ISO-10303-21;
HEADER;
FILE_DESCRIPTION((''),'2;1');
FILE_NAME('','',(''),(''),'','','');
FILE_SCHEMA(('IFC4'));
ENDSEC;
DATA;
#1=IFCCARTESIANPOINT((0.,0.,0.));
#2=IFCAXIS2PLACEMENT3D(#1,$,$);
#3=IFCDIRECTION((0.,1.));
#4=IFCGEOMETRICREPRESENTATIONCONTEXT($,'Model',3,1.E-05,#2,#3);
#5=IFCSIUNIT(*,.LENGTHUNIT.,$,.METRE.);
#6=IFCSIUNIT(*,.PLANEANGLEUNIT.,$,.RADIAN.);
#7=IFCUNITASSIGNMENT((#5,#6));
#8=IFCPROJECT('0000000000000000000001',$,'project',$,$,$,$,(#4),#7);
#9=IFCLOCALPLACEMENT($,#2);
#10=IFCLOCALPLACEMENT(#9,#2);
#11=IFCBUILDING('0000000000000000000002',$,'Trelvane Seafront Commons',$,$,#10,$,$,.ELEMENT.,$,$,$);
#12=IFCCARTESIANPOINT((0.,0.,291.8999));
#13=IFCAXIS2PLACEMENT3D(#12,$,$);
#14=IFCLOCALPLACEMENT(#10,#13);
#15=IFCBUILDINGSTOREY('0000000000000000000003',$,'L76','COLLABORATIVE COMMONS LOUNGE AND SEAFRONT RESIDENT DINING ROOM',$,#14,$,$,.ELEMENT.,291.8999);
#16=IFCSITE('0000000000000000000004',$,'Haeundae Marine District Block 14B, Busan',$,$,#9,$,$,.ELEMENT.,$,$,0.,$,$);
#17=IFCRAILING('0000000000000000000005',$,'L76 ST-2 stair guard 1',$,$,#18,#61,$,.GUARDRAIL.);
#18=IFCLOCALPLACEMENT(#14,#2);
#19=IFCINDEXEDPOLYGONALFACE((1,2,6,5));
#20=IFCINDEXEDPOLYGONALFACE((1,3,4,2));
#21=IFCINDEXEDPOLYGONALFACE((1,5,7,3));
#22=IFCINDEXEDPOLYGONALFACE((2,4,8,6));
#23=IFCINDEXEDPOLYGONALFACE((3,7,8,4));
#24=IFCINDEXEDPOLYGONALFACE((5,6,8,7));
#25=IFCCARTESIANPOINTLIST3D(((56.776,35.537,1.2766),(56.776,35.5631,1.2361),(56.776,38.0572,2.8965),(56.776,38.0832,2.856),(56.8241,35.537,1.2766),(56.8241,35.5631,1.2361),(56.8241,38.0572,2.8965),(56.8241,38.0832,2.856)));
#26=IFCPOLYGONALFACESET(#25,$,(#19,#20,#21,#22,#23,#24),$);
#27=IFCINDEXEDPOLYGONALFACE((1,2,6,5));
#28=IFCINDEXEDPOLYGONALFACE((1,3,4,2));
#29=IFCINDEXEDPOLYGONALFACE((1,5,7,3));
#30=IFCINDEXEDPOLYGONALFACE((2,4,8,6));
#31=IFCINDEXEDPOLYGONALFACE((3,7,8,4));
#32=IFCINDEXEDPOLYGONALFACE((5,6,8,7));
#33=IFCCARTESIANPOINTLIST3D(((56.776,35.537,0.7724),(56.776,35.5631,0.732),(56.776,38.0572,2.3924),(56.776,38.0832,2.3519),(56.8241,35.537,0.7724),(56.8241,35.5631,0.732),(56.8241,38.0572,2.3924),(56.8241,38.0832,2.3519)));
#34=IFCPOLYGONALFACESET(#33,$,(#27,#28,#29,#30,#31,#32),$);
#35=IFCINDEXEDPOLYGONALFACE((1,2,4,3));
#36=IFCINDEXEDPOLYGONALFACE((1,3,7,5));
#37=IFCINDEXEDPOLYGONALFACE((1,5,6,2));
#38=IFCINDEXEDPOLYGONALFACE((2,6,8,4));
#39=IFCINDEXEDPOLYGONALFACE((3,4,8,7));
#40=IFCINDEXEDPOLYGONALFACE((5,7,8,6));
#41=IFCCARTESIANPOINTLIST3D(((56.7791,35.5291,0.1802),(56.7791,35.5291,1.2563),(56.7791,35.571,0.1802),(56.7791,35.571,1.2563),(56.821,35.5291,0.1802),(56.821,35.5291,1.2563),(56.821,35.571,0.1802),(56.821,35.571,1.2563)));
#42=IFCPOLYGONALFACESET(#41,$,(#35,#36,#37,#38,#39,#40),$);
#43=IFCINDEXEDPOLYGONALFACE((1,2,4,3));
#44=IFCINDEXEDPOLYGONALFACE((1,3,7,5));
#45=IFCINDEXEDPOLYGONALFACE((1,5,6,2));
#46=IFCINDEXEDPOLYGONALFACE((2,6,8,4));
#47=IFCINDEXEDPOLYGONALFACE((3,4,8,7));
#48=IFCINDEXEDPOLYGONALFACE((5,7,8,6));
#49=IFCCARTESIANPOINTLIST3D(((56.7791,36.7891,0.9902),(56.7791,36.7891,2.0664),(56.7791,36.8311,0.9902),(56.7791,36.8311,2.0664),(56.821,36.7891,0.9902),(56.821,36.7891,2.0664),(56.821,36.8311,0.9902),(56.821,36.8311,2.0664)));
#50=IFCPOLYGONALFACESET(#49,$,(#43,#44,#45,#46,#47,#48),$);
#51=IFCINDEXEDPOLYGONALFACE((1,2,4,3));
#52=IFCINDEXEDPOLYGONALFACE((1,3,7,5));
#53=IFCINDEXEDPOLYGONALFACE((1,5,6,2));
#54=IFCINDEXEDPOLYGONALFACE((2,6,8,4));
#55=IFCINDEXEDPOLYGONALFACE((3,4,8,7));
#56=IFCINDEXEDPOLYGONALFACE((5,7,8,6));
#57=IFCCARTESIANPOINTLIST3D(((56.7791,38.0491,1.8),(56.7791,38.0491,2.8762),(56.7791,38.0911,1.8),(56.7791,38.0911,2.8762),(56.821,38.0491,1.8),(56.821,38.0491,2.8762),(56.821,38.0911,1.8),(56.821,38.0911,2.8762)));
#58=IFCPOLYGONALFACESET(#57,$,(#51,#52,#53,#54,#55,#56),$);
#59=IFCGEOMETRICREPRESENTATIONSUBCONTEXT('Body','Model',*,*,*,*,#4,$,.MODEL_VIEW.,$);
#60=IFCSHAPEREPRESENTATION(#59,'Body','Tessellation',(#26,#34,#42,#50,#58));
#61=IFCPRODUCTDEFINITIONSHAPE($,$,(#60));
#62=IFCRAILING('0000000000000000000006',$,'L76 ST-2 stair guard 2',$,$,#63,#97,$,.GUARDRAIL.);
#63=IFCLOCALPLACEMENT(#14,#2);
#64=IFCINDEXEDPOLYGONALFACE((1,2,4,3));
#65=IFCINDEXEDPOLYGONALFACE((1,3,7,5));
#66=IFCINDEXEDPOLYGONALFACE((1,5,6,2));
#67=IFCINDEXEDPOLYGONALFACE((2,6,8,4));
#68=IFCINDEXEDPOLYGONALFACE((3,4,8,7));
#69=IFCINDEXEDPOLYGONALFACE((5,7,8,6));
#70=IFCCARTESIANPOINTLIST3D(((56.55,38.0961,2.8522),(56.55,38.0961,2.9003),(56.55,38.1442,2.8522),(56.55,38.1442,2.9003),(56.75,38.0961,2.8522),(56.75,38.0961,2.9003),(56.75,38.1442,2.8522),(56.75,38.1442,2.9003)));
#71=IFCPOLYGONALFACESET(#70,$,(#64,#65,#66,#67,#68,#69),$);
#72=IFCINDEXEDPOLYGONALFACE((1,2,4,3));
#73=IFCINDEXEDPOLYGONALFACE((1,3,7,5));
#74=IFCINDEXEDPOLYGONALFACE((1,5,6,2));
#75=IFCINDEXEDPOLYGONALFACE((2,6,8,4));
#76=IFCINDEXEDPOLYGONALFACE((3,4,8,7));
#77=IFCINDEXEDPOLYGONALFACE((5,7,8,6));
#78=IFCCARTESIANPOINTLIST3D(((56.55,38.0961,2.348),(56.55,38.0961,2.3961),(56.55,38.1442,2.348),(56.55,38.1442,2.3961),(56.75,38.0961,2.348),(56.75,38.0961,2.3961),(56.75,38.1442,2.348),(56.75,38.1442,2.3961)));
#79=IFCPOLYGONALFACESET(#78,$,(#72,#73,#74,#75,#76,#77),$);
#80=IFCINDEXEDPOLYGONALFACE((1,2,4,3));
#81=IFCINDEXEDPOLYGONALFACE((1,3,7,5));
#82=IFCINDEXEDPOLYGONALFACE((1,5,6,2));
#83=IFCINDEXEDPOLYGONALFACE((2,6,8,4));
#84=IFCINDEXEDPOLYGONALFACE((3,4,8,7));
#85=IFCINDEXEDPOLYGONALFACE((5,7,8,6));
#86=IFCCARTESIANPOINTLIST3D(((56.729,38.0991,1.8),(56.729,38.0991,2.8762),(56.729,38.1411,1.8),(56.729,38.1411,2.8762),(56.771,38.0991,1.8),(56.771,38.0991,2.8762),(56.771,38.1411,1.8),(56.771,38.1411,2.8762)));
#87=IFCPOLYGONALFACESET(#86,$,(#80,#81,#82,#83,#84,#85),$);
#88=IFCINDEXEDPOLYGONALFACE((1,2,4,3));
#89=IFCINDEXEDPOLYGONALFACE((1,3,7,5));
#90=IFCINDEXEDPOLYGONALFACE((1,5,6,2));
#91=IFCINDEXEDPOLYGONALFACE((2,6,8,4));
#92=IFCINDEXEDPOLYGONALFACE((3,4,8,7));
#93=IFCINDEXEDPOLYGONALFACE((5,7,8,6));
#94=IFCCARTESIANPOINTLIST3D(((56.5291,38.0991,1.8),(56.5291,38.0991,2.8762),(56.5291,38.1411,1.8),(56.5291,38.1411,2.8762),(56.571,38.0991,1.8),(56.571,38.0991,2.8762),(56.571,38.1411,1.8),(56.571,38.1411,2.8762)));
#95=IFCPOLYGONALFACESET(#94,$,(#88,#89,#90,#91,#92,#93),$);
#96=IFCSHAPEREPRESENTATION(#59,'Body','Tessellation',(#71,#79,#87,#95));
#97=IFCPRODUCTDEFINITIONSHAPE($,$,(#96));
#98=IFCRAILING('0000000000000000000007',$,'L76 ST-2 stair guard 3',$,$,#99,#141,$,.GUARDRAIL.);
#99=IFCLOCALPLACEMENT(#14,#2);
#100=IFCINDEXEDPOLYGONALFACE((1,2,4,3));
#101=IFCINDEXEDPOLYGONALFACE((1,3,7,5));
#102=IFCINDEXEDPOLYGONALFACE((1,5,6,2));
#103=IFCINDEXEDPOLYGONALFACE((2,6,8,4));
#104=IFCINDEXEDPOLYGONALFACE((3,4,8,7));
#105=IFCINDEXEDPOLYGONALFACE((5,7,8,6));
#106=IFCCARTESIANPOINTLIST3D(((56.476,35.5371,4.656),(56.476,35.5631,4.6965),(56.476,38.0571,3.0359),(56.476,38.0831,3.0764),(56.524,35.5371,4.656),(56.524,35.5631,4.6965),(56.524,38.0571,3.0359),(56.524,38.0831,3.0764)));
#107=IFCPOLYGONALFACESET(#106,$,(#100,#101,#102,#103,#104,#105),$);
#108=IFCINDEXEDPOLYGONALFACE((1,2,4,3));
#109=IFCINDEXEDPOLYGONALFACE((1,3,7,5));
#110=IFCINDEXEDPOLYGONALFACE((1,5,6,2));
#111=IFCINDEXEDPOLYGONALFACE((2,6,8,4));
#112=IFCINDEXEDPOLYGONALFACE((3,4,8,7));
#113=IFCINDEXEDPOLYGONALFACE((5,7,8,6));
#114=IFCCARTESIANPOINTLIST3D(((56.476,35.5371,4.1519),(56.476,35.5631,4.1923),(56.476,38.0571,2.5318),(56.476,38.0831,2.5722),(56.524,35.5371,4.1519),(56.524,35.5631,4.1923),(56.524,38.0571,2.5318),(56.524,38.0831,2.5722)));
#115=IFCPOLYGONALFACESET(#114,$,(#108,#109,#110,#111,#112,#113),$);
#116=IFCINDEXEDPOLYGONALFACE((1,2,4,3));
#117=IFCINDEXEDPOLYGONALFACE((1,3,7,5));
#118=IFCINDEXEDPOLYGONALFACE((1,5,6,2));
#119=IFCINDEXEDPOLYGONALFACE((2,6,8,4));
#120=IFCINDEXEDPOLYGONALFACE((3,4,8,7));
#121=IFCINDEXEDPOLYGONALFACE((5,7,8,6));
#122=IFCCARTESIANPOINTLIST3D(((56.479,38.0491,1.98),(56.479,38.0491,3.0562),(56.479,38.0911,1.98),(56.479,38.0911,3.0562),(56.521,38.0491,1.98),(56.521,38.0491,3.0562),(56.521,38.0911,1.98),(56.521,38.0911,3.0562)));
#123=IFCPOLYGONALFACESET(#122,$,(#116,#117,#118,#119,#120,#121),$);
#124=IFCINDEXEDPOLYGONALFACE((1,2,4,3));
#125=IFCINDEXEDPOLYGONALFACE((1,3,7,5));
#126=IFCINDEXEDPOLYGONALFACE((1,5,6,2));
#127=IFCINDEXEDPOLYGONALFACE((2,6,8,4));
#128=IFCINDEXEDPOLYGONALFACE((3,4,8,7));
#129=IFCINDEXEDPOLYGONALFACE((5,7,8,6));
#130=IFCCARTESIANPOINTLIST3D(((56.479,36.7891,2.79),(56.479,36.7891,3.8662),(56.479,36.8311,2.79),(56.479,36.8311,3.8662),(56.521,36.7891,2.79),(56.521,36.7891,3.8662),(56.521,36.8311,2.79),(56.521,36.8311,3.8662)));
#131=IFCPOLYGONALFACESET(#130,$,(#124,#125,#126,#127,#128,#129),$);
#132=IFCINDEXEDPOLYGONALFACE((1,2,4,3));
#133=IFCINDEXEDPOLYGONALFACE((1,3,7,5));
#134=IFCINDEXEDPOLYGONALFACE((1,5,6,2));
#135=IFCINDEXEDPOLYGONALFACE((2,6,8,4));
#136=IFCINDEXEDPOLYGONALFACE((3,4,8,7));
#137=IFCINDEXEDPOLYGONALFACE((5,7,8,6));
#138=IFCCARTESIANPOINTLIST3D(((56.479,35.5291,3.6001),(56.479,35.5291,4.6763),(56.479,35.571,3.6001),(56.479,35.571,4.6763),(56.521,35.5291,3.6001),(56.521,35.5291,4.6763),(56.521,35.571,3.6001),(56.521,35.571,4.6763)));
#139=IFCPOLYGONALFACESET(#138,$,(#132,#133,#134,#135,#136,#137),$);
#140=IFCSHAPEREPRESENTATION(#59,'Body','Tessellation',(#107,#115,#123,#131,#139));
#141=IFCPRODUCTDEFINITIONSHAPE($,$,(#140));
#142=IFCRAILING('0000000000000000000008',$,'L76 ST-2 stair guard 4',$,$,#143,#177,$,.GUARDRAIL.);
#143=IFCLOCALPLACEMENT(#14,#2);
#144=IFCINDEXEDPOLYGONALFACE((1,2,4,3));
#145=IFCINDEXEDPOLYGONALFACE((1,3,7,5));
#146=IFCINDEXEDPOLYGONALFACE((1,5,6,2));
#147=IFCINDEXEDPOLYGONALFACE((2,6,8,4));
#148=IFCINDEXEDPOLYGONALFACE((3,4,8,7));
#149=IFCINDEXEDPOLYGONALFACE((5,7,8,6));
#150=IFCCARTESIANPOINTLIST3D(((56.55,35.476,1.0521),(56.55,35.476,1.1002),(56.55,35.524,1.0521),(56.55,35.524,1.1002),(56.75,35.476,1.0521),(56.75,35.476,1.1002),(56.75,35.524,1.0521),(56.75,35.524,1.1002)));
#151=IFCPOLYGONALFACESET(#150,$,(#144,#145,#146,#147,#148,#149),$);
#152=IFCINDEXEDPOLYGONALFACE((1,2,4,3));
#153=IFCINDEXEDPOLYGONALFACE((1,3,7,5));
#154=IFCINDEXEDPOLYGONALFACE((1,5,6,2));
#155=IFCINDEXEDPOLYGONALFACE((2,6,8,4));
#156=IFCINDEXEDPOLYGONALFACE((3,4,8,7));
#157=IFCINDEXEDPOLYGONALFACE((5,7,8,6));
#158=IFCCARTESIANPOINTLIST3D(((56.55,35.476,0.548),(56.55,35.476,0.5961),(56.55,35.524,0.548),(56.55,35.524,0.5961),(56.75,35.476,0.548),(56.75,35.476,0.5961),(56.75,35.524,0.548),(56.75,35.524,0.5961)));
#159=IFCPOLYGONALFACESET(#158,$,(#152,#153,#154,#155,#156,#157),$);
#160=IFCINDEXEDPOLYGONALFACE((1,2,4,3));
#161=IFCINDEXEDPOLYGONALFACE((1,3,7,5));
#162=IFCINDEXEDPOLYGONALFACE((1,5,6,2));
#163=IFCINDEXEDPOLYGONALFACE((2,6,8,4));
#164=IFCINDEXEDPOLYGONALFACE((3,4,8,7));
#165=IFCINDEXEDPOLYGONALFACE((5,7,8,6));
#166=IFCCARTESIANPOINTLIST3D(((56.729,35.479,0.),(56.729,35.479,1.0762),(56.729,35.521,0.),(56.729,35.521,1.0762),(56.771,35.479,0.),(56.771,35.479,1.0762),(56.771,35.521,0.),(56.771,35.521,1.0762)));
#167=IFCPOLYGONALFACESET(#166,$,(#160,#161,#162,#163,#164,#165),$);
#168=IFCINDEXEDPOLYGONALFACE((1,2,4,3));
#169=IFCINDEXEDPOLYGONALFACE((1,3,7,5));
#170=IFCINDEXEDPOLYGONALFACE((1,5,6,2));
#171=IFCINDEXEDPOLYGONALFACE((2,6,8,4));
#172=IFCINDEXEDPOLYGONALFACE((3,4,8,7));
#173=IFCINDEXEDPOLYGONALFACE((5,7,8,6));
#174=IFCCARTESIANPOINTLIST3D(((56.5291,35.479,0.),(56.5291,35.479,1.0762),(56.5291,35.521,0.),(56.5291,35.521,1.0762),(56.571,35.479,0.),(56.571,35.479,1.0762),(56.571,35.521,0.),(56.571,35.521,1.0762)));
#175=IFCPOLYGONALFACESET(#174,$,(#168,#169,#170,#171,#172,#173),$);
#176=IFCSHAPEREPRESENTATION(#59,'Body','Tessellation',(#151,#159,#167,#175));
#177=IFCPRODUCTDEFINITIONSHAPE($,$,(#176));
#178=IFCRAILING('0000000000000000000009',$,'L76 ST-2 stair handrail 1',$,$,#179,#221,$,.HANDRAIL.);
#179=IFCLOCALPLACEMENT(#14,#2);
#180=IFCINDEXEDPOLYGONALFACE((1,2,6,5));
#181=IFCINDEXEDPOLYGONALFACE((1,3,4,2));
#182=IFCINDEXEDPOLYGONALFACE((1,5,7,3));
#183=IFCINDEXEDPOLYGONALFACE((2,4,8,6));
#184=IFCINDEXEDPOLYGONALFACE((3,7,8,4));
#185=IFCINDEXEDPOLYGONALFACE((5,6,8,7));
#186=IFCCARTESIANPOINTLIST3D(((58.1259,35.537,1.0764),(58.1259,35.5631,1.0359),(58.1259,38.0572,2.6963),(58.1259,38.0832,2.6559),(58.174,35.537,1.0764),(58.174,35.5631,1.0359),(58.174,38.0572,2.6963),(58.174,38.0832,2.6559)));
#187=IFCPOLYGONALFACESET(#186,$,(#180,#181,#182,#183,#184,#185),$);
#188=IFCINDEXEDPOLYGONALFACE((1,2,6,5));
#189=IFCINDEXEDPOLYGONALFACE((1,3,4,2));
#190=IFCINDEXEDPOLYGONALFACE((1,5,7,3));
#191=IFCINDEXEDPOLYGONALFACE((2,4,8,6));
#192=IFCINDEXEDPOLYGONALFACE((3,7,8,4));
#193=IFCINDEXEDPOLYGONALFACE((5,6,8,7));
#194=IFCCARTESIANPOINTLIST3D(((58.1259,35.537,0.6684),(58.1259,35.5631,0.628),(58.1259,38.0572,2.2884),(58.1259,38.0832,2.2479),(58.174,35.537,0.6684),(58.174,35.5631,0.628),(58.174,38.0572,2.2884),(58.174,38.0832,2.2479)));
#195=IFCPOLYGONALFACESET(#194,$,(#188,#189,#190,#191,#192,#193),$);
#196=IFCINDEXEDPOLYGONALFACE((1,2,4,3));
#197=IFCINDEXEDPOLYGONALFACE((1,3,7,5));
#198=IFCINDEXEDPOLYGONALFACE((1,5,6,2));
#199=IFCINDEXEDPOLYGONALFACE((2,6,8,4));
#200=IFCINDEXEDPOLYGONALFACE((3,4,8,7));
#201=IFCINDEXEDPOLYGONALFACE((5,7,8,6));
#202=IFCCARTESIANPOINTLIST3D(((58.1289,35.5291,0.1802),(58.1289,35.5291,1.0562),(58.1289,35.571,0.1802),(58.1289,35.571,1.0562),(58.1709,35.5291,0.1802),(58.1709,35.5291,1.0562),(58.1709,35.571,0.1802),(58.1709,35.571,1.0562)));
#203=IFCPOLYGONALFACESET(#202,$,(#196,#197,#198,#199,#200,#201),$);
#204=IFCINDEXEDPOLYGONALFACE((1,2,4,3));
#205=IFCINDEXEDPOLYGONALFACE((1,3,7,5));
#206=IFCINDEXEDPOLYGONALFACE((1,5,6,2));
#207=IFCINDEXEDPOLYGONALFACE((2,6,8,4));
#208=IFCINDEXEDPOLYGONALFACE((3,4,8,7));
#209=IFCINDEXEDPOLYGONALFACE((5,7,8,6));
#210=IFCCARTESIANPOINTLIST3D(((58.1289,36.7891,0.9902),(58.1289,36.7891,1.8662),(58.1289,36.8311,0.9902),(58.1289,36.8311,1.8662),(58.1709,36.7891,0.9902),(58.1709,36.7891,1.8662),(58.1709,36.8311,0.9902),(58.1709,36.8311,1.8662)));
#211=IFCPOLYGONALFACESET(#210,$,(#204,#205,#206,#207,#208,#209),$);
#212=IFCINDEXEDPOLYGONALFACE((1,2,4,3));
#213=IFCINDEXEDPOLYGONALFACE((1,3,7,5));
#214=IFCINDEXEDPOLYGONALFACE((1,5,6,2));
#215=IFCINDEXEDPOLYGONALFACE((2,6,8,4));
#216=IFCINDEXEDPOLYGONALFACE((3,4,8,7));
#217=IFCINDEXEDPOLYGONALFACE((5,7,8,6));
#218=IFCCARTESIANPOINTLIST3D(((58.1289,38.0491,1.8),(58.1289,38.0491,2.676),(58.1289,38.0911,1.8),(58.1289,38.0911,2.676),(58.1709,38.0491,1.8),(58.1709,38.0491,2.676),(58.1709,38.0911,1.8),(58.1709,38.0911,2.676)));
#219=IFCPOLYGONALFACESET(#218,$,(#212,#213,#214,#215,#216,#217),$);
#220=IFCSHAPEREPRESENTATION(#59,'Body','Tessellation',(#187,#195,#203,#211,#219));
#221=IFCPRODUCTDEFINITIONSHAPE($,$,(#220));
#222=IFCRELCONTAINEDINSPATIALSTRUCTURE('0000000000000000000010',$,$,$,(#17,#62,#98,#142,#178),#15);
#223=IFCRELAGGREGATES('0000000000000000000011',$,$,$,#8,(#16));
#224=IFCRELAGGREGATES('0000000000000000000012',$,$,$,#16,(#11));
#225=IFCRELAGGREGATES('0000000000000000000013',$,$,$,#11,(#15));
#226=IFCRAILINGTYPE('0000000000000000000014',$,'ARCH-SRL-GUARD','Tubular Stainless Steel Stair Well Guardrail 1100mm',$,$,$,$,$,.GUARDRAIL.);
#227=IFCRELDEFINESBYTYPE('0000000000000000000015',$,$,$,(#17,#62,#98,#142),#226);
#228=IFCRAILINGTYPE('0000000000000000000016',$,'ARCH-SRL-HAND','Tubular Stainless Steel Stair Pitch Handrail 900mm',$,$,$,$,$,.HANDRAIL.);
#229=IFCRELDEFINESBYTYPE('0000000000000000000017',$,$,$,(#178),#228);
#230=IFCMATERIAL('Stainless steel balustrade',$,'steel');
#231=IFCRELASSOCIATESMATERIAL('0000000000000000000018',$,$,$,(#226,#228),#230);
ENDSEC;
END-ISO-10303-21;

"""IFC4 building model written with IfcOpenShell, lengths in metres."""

from ifc_helpers import new_model, si_unit, direction, frame, origin, origin_2d, place, context, subcontext, project, spatial, rectangle, extrude, material, type_object, element, save


model = new_model("IFC4")

# Units and contexts
model_context = context("Model", 3, precision=1e-05, world=origin(), true_north=direction((0.0, 1.0)))
body_context = subcontext(model_context, "Body", "Model", "MODEL_VIEW")
ifc_project = project(units=[si_unit("LENGTHUNIT", "METRE"), si_unit("PLANEANGLEUNIT", "RADIAN")], contexts=[model_context])

# Site, building, storey
site_placement = place(None, origin())
site = spatial("IfcSite", under=ifc_project, at=site_placement, Name="Haeundae Marine District Block 14B, Busan", CompositionType="ELEMENT", RefElevation=0.0)
building_placement = place(site_placement, origin())
building = spatial("IfcBuilding", under=site, at=building_placement, Name="Trelvane Seafront Commons", CompositionType="ELEMENT")
storey_placement = place(building_placement, frame((0.0, 0.0, 291.8999)))
storey = spatial("IfcBuildingStorey", under=building, at=storey_placement, Name="L76", Description="COLLABORATIVE COMMONS LOUNGE AND SEAFRONT RESIDENT DINING ROOM", CompositionType="ELEMENT", Elevation=291.8999)

# Railings
ifc_material_1 = material(Name="Stainless steel balustrade", Category="steel")
railing_type_1 = type_object("IfcRailingType", Name="ARCH-SRL-GUARD", Description="Tubular Stainless Steel Stair Well Guardrail 1100mm", PredefinedType="GUARDRAIL", material=ifc_material_1)
railing_1_placement = place(storey_placement, frame((56.8, 35.55, 0.1802)))
element("IfcRailing", 1, at=railing_1_placement, inside=storey, type_object=railing_type_1, Name="L76 ST-2 stair guard 1", PredefinedType="GUARDRAIL", context=body_context, shape_type="SweptSolid", body=[
    extrude(rectangle(XDim=0.0481, YDim=0.0481, at=origin_2d()), frame((0.0, 0.0, 1.0762), z_axis=(0.0, 0.8412, 0.540725), x_axis=(-1.0, 0.0, 0.0)), (0.0, 0.0, 1.0), 2.9958),
    extrude(rectangle(XDim=0.0481, YDim=0.0481, at=origin_2d()), frame((0.0, 0.0, 0.572), z_axis=(0.0, 0.8412, 0.540725), x_axis=(-1.0, 0.0, 0.0)), (0.0, 0.0, 1.0), 2.9958),
    extrude(rectangle(XDim=0.042, YDim=0.042, at=origin_2d()), origin(), (0.0, 0.0, 1.0), 1.0762),
    extrude(rectangle(XDim=0.042, YDim=0.042, at=origin_2d()), frame((0.0, 1.26, 0.8101)), (0.0, 0.0, 1.0), 1.0762),
    extrude(rectangle(XDim=0.042, YDim=0.042, at=origin_2d()), frame((0.0, 2.52, 1.6199)), (0.0, 0.0, 1.0), 1.0762),
])
railing_2_placement = place(storey_placement, frame((56.75, 38.1201, 1.8)))
element("IfcRailing", 2, at=railing_2_placement, inside=storey, type_object=railing_type_1, Name="L76 ST-2 stair guard 2", PredefinedType="GUARDRAIL", context=body_context, shape_type="SweptSolid", body=[
    extrude(rectangle(XDim=0.0481, YDim=0.0481, at=origin_2d()), frame((0.0, 0.0, 1.0762), z_axis=(-1.0, 0.0, 0.0), x_axis=(0.0, -1.0, 0.0)), (0.0, 0.0, 1.0), 0.2),
    extrude(rectangle(XDim=0.0481, YDim=0.0481, at=origin_2d()), frame((0.0, 0.0, 0.572), z_axis=(-1.0, 0.0, 0.0), x_axis=(0.0, -1.0, 0.0)), (0.0, 0.0, 1.0), 0.2),
    extrude(rectangle(XDim=0.042, YDim=0.042, at=origin_2d()), origin(), (0.0, 0.0, 1.0), 1.0762),
    extrude(rectangle(XDim=0.042, YDim=0.042, at=origin_2d()), frame((-0.2, 0.0, 0.0)), (0.0, 0.0, 1.0), 1.0762),
])
railing_3_placement = place(storey_placement, frame((56.5, 38.0701, 1.98)))
element("IfcRailing", 3, at=railing_3_placement, inside=storey, type_object=railing_type_1, Name="L76 ST-2 stair guard 3", PredefinedType="GUARDRAIL", context=body_context, shape_type="SweptSolid", body=[
    extrude(rectangle(XDim=0.0481, YDim=0.0481, at=origin_2d()), frame((0.0, 0.0, 1.0762), z_axis=(0.0, -0.841163, 0.540782), x_axis=(1.0, 0.0, 0.0)), (0.0, 0.0, 1.0), 2.9958),
    extrude(rectangle(XDim=0.0481, YDim=0.0481, at=origin_2d()), frame((0.0, 0.0, 0.572), z_axis=(0.0, -0.841163, 0.540782), x_axis=(1.0, 0.0, 0.0)), (0.0, 0.0, 1.0), 2.9958),
    extrude(rectangle(XDim=0.042, YDim=0.042, at=origin_2d()), origin(), (0.0, 0.0, 1.0), 1.0762),
    extrude(rectangle(XDim=0.042, YDim=0.042, at=origin_2d()), frame((0.0, -1.26, 0.8101)), (0.0, 0.0, 1.0), 1.0762),
    extrude(rectangle(XDim=0.042, YDim=0.042, at=origin_2d()), frame((0.0, -2.52, 1.6201)), (0.0, 0.0, 1.0), 1.0762),
])
railing_4_placement = place(storey_placement, frame((56.75, 35.5, 0.0)))
element("IfcRailing", 4, at=railing_4_placement, inside=storey, type_object=railing_type_1, Name="L76 ST-2 stair guard 4", PredefinedType="GUARDRAIL", context=body_context, shape_type="SweptSolid", body=[
    extrude(rectangle(XDim=0.0481, YDim=0.0481, at=origin_2d()), frame((0.0, 0.0, 1.0762), z_axis=(-1.0, 0.0, 0.0), x_axis=(0.0, -1.0, 0.0)), (0.0, 0.0, 1.0), 0.2),
    extrude(rectangle(XDim=0.0481, YDim=0.0481, at=origin_2d()), frame((0.0, 0.0, 0.572), z_axis=(-1.0, 0.0, 0.0), x_axis=(0.0, -1.0, 0.0)), (0.0, 0.0, 1.0), 0.2),
    extrude(rectangle(XDim=0.042, YDim=0.042, at=origin_2d()), origin(), (0.0, 0.0, 1.0), 1.0762),
    extrude(rectangle(XDim=0.042, YDim=0.042, at=origin_2d()), frame((-0.2, 0.0, 0.0)), (0.0, 0.0, 1.0), 1.0762),
])
railing_type_2 = type_object("IfcRailingType", Name="ARCH-SRL-HAND", Description="Tubular Stainless Steel Stair Pitch Handrail 900mm", PredefinedType="HANDRAIL", material=ifc_material_1)
railing_5_placement = place(storey_placement, frame((58.1499, 35.55, 0.1802)))
element("IfcRailing", 5, at=railing_5_placement, inside=storey, type_object=railing_type_2, Name="L76 ST-2 stair handrail 1", PredefinedType="HANDRAIL", context=body_context, shape_type="SweptSolid", body=[
    extrude(rectangle(XDim=0.0481, YDim=0.0481, at=origin_2d()), frame((0.0, 0.0, 0.876), z_axis=(0.0, 0.8412, 0.540725), x_axis=(-1.0, 0.0, 0.0)), (0.0, 0.0, 1.0), 2.9958),
    extrude(rectangle(XDim=0.0481, YDim=0.0481, at=origin_2d()), frame((0.0, 0.0, 0.468), z_axis=(0.0, 0.8412, 0.540725), x_axis=(-1.0, 0.0, 0.0)), (0.0, 0.0, 1.0), 2.9958),
    extrude(rectangle(XDim=0.042, YDim=0.042, at=origin_2d()), origin(), (0.0, 0.0, 1.0), 0.876),
    extrude(rectangle(XDim=0.042, YDim=0.042, at=origin_2d()), frame((0.0, 1.26, 0.8101)), (0.0, 0.0, 1.0), 0.876),
    extrude(rectangle(XDim=0.042, YDim=0.042, at=origin_2d()), frame((0.0, 2.52, 1.6199)), (0.0, 0.0, 1.0), 0.876),
])

save(model, "model.ifc")
